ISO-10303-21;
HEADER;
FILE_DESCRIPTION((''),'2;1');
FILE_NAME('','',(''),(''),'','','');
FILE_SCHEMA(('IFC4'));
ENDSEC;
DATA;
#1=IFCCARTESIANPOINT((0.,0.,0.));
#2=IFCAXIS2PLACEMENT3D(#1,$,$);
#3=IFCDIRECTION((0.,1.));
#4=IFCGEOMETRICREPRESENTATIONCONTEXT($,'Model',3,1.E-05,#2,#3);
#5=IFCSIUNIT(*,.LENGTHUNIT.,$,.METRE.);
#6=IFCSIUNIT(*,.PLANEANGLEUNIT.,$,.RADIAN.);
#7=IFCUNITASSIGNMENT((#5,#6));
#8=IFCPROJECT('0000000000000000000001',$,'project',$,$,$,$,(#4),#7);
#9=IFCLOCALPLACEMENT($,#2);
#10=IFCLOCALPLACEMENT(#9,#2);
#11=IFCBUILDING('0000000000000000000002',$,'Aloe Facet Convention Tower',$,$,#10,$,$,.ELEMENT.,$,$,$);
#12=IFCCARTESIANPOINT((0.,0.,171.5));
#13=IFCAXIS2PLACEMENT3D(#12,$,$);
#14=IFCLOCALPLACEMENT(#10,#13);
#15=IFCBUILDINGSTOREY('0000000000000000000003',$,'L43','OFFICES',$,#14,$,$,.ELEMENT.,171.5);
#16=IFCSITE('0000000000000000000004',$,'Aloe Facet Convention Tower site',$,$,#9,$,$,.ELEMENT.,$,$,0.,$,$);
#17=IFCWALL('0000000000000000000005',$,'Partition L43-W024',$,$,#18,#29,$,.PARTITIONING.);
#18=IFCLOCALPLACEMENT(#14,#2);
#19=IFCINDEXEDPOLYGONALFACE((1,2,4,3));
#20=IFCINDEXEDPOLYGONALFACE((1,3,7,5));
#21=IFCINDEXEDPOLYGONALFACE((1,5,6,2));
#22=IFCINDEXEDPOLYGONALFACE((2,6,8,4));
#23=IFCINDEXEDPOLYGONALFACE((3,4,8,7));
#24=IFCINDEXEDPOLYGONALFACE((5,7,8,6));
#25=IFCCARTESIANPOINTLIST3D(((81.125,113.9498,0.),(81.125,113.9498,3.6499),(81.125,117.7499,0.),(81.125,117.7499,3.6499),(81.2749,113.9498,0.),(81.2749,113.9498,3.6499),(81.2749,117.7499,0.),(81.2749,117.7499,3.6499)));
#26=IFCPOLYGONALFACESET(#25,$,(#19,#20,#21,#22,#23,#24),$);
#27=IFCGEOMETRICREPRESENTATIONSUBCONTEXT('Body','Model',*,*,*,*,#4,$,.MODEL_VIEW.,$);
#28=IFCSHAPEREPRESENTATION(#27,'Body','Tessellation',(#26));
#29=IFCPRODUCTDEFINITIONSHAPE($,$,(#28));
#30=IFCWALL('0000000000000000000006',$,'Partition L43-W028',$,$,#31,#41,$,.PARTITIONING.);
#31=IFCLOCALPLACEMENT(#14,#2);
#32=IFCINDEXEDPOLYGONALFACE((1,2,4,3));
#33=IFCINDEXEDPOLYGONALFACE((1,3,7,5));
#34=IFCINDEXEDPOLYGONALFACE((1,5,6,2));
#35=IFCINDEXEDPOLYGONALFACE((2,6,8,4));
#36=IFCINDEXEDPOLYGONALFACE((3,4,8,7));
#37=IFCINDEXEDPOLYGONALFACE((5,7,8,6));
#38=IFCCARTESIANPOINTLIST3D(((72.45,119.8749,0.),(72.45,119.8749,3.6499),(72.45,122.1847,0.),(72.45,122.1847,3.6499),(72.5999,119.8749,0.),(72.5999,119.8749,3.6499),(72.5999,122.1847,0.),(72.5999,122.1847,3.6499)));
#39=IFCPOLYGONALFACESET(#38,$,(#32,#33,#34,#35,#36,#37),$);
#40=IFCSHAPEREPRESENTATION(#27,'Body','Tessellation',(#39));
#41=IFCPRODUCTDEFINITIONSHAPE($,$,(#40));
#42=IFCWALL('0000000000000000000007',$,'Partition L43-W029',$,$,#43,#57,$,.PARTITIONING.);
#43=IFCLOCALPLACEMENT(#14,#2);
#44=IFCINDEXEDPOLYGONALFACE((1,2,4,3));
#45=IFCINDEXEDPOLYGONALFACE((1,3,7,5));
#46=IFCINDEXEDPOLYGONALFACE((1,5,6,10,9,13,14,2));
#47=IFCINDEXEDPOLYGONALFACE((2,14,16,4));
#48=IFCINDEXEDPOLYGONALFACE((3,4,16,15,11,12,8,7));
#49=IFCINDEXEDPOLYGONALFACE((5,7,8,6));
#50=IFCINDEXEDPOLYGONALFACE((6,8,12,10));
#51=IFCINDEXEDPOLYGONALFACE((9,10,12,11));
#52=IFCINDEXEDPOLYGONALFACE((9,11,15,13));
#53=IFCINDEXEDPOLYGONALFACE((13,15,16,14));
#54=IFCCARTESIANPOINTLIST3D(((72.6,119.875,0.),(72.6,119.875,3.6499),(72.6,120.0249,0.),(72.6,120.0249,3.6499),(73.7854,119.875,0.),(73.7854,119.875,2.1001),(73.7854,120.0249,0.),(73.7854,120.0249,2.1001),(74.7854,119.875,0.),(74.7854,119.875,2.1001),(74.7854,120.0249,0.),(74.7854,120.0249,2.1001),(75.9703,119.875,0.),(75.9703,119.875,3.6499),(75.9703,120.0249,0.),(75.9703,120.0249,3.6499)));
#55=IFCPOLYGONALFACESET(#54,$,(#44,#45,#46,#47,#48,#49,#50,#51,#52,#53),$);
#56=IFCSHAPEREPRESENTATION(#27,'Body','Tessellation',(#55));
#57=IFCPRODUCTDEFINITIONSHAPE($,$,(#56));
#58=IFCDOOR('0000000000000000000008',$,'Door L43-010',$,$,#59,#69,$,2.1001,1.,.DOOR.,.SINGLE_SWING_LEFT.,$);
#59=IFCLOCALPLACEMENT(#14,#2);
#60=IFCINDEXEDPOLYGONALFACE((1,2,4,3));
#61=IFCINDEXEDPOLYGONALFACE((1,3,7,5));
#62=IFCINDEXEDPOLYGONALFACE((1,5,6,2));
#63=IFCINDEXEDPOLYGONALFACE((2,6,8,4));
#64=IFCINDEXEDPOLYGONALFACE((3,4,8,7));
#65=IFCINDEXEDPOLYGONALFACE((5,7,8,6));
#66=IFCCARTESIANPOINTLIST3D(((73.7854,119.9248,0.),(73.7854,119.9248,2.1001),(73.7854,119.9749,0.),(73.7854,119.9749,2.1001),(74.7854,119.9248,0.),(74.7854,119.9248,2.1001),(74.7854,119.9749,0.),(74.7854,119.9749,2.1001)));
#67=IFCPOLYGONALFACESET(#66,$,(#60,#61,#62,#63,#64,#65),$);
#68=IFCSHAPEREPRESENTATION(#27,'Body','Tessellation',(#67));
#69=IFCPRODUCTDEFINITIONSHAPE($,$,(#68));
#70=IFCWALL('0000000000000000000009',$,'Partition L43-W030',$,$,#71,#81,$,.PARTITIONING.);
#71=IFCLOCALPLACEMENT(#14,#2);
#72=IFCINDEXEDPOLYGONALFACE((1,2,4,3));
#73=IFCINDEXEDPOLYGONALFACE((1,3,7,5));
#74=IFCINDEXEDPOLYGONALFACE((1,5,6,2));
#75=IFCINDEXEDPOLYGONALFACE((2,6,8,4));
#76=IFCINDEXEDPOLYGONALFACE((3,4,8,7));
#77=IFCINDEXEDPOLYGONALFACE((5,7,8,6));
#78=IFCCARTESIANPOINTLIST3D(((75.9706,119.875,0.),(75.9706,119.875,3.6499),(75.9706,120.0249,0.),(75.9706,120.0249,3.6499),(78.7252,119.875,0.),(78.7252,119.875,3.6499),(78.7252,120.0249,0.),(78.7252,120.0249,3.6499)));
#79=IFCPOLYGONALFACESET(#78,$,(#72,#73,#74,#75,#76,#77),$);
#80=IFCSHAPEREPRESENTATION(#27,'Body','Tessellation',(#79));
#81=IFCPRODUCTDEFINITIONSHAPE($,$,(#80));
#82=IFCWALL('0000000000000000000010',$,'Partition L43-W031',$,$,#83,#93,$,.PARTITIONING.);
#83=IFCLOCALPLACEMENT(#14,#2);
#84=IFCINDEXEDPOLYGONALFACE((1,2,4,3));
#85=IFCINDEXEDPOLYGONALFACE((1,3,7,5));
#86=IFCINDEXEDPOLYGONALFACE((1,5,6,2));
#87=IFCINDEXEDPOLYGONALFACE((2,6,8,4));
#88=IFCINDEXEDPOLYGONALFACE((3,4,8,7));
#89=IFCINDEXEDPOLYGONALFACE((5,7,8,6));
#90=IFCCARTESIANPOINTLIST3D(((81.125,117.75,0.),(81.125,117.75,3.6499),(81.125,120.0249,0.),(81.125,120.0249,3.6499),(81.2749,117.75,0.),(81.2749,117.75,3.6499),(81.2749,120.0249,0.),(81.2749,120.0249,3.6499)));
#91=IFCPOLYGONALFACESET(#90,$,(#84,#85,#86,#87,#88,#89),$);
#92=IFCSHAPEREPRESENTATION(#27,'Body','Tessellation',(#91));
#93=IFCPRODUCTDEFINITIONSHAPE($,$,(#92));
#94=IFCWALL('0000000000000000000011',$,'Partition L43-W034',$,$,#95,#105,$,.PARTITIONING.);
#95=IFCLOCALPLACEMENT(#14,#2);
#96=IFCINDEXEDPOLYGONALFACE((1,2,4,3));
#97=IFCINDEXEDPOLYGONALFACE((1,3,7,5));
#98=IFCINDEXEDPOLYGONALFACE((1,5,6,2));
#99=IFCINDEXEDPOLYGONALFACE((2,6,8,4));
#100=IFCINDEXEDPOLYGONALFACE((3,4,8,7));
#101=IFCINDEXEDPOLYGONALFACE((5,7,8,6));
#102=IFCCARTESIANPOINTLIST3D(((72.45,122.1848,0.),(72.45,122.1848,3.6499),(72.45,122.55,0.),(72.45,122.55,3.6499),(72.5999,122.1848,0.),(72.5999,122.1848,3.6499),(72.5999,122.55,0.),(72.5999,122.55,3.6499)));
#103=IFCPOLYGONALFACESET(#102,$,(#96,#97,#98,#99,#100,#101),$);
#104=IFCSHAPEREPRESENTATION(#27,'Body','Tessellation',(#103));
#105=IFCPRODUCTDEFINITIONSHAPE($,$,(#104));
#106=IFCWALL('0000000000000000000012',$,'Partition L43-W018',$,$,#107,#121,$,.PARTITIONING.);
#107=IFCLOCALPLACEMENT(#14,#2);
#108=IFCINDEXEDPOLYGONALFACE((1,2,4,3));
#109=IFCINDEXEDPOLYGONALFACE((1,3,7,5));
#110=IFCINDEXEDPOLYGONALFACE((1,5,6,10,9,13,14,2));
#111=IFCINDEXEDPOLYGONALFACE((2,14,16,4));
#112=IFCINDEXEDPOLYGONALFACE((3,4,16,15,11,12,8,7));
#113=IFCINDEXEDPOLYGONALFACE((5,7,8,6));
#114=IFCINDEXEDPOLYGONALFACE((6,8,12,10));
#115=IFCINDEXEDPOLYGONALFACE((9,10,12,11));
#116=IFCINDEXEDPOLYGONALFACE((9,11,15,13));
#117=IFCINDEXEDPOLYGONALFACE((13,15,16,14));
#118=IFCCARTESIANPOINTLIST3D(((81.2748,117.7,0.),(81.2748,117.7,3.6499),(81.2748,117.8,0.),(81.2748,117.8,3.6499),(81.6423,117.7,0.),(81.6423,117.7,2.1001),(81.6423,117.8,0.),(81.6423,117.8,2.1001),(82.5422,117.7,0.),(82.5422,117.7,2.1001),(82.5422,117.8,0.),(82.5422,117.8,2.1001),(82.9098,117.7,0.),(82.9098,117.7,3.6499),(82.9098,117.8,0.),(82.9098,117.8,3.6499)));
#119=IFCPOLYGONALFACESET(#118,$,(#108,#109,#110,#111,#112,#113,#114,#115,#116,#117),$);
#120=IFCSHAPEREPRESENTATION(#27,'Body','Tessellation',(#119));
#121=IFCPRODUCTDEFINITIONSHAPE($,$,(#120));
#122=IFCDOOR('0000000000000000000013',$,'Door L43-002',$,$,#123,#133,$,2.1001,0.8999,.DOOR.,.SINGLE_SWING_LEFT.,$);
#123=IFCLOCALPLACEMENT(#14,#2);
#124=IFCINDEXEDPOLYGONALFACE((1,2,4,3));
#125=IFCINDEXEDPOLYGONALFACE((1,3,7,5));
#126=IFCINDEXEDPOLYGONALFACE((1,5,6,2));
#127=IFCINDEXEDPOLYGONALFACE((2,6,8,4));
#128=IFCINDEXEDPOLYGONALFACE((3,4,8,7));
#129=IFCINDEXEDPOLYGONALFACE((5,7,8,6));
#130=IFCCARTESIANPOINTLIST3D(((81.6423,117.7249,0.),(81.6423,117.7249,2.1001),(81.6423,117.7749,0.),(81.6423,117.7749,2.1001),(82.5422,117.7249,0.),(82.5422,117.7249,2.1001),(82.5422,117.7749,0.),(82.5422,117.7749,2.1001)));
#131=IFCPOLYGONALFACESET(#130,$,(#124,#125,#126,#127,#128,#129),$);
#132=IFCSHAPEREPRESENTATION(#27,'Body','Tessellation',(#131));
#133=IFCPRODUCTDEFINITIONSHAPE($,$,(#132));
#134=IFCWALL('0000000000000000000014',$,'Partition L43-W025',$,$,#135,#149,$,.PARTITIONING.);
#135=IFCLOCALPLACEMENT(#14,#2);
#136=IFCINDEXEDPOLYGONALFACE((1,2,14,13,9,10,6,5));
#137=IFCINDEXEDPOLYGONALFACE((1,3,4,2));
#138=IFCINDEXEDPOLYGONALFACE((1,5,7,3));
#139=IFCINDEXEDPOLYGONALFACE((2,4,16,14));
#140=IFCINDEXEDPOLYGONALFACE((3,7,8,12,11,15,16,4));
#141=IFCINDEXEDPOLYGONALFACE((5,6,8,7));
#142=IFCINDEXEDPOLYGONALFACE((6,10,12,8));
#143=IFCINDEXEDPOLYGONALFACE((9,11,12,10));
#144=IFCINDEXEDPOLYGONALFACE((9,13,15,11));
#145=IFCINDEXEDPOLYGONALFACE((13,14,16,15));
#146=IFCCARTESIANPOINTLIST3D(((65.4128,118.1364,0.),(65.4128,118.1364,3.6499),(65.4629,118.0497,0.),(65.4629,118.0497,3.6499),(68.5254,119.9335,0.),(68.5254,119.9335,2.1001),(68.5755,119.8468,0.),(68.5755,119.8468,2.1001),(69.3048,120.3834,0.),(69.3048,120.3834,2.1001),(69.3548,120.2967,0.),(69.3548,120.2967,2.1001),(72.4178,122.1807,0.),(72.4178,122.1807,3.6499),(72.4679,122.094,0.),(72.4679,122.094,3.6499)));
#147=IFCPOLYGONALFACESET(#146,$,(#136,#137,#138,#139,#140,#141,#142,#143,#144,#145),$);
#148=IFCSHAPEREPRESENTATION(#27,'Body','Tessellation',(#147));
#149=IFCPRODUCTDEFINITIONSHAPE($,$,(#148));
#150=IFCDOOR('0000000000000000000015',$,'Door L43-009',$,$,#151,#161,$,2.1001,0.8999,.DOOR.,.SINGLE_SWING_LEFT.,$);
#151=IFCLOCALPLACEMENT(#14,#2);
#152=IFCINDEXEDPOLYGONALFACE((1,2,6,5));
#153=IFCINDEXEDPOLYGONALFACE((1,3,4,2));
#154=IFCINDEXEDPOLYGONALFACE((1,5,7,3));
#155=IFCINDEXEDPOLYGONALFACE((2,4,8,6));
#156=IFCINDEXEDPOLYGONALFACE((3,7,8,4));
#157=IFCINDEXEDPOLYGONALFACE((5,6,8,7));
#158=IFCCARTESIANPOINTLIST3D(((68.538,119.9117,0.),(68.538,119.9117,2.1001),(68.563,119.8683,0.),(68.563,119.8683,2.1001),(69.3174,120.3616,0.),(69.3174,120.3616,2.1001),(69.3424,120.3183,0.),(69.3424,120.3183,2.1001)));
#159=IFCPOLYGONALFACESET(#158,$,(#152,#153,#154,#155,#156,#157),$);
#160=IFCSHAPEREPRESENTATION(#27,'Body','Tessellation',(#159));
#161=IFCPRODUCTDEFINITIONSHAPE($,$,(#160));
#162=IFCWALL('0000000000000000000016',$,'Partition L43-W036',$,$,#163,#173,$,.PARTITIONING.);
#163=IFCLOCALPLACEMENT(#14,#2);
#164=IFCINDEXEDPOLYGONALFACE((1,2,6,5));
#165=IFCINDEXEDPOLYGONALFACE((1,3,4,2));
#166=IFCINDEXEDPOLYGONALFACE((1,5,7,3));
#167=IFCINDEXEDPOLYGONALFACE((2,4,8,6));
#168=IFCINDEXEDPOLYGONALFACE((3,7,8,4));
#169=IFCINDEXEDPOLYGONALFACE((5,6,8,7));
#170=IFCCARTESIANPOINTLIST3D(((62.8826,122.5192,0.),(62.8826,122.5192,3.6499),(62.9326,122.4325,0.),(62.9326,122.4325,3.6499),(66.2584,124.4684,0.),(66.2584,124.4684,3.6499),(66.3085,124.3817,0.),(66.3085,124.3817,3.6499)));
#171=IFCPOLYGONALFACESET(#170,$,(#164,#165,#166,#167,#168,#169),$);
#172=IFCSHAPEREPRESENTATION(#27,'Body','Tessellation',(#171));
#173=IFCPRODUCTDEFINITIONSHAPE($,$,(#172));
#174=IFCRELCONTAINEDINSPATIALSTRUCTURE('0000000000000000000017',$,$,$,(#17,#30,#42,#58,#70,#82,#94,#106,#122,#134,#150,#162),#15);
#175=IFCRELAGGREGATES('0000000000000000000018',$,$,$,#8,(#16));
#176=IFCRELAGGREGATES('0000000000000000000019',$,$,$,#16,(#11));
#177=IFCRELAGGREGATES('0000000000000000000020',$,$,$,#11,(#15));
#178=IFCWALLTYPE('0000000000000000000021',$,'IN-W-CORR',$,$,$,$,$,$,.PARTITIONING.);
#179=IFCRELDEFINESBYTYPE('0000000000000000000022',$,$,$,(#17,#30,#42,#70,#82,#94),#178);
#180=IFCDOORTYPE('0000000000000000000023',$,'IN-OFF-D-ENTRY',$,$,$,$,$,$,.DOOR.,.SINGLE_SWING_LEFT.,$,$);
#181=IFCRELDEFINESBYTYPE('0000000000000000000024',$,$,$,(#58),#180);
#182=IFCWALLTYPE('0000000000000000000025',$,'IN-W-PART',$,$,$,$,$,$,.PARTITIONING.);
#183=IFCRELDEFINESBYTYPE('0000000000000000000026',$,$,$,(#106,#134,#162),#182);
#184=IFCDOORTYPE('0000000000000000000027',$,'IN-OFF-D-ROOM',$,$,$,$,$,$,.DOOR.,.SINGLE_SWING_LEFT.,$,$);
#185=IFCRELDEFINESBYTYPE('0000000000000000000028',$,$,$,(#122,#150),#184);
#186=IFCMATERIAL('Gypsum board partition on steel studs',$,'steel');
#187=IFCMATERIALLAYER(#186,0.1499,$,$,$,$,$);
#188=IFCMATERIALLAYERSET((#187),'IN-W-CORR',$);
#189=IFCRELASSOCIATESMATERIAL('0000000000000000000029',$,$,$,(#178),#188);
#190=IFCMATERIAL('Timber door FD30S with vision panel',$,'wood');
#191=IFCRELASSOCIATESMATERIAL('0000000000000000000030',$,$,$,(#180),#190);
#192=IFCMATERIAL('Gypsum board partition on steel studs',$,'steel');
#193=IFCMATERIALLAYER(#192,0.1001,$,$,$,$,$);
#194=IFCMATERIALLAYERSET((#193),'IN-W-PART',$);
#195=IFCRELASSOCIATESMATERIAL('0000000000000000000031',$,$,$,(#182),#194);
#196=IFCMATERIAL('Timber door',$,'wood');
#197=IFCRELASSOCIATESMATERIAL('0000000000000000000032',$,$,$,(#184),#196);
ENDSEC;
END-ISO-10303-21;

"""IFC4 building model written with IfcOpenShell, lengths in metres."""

from ifc_helpers import new_model, si_unit, direction, frame, frame_2d, origin, place, context, subcontext, project, spatial, rectangle, extrude, material, layer, layer_set, type_object, element, fill, save


model = new_model("IFC4")

# Units and contexts
model_context = context("Model", 3, precision=1e-05, world=origin(), true_north=direction((0.0, 1.0)))
body_context = subcontext(model_context, "Body", "Model", "MODEL_VIEW")
ifc_project = project(units=[si_unit("LENGTHUNIT", "METRE"), si_unit("PLANEANGLEUNIT", "RADIAN")], contexts=[model_context])

# Site, building, storey
site_placement = place(None, origin())
site = spatial("IfcSite", under=ifc_project, at=site_placement, Name="Aloe Facet Convention Tower site", CompositionType="ELEMENT", RefElevation=0.0)
building_placement = place(site_placement, origin())
building = spatial("IfcBuilding", under=site, at=building_placement, Name="Aloe Facet Convention Tower", CompositionType="ELEMENT")
storey_placement = place(building_placement, frame((0.0, 0.0, 171.5)))
storey = spatial("IfcBuildingStorey", under=building, at=storey_placement, Name="L43", Description="OFFICES", CompositionType="ELEMENT", Elevation=171.5)

# Shared definitions
ifc_material_1 = material(Name="Gypsum board partition on steel studs", Category="steel")
ifc_layer_1 = layer(ifc_material_1, 0.1499)
ifc_layer_set_1 = layer_set([ifc_layer_1], Name="IN-W-CORR")
wall_type_1 = type_object("IfcWallType", Name="IN-W-CORR", PredefinedType="PARTITIONING", material=ifc_layer_set_1)
ifc_material_2 = material(Name="Timber door FD30S with vision panel", Category="wood")
door_type_1 = type_object("IfcDoorType", Name="IN-OFF-D-ENTRY", OperationType="SINGLE_SWING_LEFT", PredefinedType="DOOR", material=ifc_material_2)

# Walls
wall_1_placement = place(storey_placement, frame((81.2, 113.95, 0.0), z_axis=(0.0, 0.0, 1.0), x_axis=(0.0, 1.0, 0.0)))
element("IfcWall", 1, at=wall_1_placement, inside=storey, type_object=wall_type_1, Name="Partition L43-W024", PredefinedType="PARTITIONING", context=body_context, shape_type="SweptSolid", body=[
    extrude(rectangle(XDim=3.8, YDim=0.1499, at=frame_2d((1.8999, 0.0))), origin(), (0.0, 0.0, 1.0), 3.6499),
])
wall_2_placement = place(storey_placement, frame((72.5249, 119.875, 0.0), z_axis=(0.0, 0.0, 1.0), x_axis=(0.0, 1.0, 0.0)))
element("IfcWall", 2, at=wall_2_placement, inside=storey, type_object=wall_type_1, Name="Partition L43-W028", PredefinedType="PARTITIONING", context=body_context, shape_type="SweptSolid", body=[
    extrude(rectangle(XDim=2.3098, YDim=0.1499, at=frame_2d((1.1548, 0.0))), origin(), (0.0, 0.0, 1.0), 3.6499),
])

# Wall, opening, door
wall_3_placement = place(storey_placement, frame((72.6001, 119.95, 0.0), z_axis=(0.0, 0.0, 1.0), x_axis=(1.0, 0.0, 0.0)))
wall_3 = element("IfcWall", 3, at=wall_3_placement, inside=storey, type_object=wall_type_1, Name="Partition L43-W029", PredefinedType="PARTITIONING", context=body_context, shape_type="SweptSolid", body=[
    extrude(rectangle(XDim=3.3704, YDim=0.1499, at=frame_2d((1.6851, 0.0))), origin(), (0.0, 0.0, 1.0), 3.6499),
])
opening_1_placement = place(wall_3_placement, frame((1.1853, 0.0, 0.0)))
opening_1 = element("IfcOpeningElement", 4, at=opening_1_placement, cuts=wall_3, PredefinedType="OPENING", context=body_context, shape_type="SweptSolid", body=[
    extrude(rectangle(XDim=1.0, YDim=2.1001, at=frame_2d((0.5, 1.05))), frame((0.0, 0.085, 0.0), z_axis=(0.0, -1.0, 0.0), x_axis=(1.0, 0.0, 0.0)), (0.0, 0.0, 1.0), 0.1699),
])
door_1_placement = place(opening_1_placement, origin())
door_1 = element("IfcDoor", 5, at=door_1_placement, inside=storey, type_object=door_type_1, Name="Door L43-010", OperationType="SINGLE_SWING_LEFT", OverallHeight=2.1001, OverallWidth=1.0, PredefinedType="DOOR", context=body_context, shape_type="SweptSolid", body=[
    extrude(rectangle(XDim=1.0, YDim=2.1001, at=frame_2d((0.5, 1.05))), frame((0.0, 0.0249, 0.0), z_axis=(0.0, -1.0, 0.0), x_axis=(1.0, 0.0, 0.0)), (0.0, 0.0, 1.0), 0.05),
])
fill(opening_1, door_1)

# Walls
wall_4_placement = place(storey_placement, frame((75.9705, 119.95, 0.0), z_axis=(0.0, 0.0, 1.0), x_axis=(1.0, 0.0, 0.0)))
element("IfcWall", 6, at=wall_4_placement, inside=storey, type_object=wall_type_1, Name="Partition L43-W030", PredefinedType="PARTITIONING", context=body_context, shape_type="SweptSolid", body=[
    extrude(rectangle(XDim=2.7546, YDim=0.1499, at=frame_2d((1.3774, 0.0))), origin(), (0.0, 0.0, 1.0), 3.6499),
])
wall_5_placement = place(storey_placement, frame((81.2, 117.75, 0.0), z_axis=(0.0, 0.0, 1.0), x_axis=(0.0, 1.0, 0.0)))
element("IfcWall", 7, at=wall_5_placement, inside=storey, type_object=wall_type_1, Name="Partition L43-W031", PredefinedType="PARTITIONING", context=body_context, shape_type="SweptSolid", body=[
    extrude(rectangle(XDim=2.2749, YDim=0.1499, at=frame_2d((1.1375, 0.0))), origin(), (0.0, 0.0, 1.0), 3.6499),
])
wall_6_placement = place(storey_placement, frame((72.5249, 122.1848, 0.0), z_axis=(0.0, 0.0, 1.0), x_axis=(0.0, 1.0, 0.0)))
element("IfcWall", 8, at=wall_6_placement, inside=storey, type_object=wall_type_1, Name="Partition L43-W034", PredefinedType="PARTITIONING", context=body_context, shape_type="SweptSolid", body=[
    extrude(rectangle(XDim=0.3652, YDim=0.1499, at=frame_2d((0.1826, 0.0))), origin(), (0.0, 0.0, 1.0), 3.6499),
])

# Walls, openings, doors
ifc_material_3 = material(Name="Gypsum board partition on steel studs", Category="steel")
ifc_layer_2 = layer(ifc_material_3, 0.1001)
ifc_layer_set_2 = layer_set([ifc_layer_2], Name="IN-W-PART")
wall_type_2 = type_object("IfcWallType", Name="IN-W-PART", PredefinedType="PARTITIONING", material=ifc_layer_set_2)
wall_7_placement = place(storey_placement, frame((81.2749, 117.75, 0.0), z_axis=(0.0, 0.0, 1.0), x_axis=(1.0, 0.0, 0.0)))
wall_7 = element("IfcWall", 9, at=wall_7_placement, inside=storey, type_object=wall_type_2, Name="Partition L43-W018", PredefinedType="PARTITIONING", context=body_context, shape_type="SweptSolid", body=[
    extrude(rectangle(XDim=1.635, YDim=0.1001, at=frame_2d((0.8174, 0.0))), origin(), (0.0, 0.0, 1.0), 3.6499),
])
opening_2_placement = place(wall_7_placement, frame((0.3674, 0.0, 0.0)))
opening_2 = element("IfcOpeningElement", 10, at=opening_2_placement, cuts=wall_7, PredefinedType="OPENING", context=body_context, shape_type="SweptSolid", body=[
    extrude(rectangle(XDim=0.8999, YDim=2.1001, at=frame_2d((0.45, 1.05))), frame((0.0, 0.0601, 0.0), z_axis=(0.0, -1.0, 0.0), x_axis=(1.0, 0.0, 0.0)), (0.0, 0.0, 1.0), 0.1201),
])
ifc_material_4 = material(Name="Timber door", Category="wood")
door_type_2 = type_object("IfcDoorType", Name="IN-OFF-D-ROOM", OperationType="SINGLE_SWING_LEFT", PredefinedType="DOOR", material=ifc_material_4)
door_2_placement = place(opening_2_placement, origin())
door_2 = element("IfcDoor", 11, at=door_2_placement, inside=storey, type_object=door_type_2, Name="Door L43-002", OperationType="SINGLE_SWING_LEFT", OverallHeight=2.1001, OverallWidth=0.8999, PredefinedType="DOOR", context=body_context, shape_type="SweptSolid", body=[
    extrude(rectangle(XDim=0.8999, YDim=2.1001, at=frame_2d((0.45, 1.05))), frame((0.0, 0.0249, 0.0), z_axis=(0.0, -1.0, 0.0), x_axis=(1.0, 0.0, 0.0)), (0.0, 0.0, 1.0), 0.05),
])
fill(opening_2, door_2)
wall_8_placement = place(storey_placement, frame((65.4377, 118.093, 0.0), z_axis=(0.0, 0.0, 1.0), x_axis=(0.86603, 0.499992, 0.0)))
wall_8 = element("IfcWall", 12, at=wall_8_placement, inside=storey, type_object=wall_type_2, Name="Partition L43-W025", PredefinedType="PARTITIONING", context=body_context, shape_type="SweptSolid", body=[
    extrude(rectangle(XDim=8.0886, YDim=0.1001, at=frame_2d((4.0444, 0.0))), origin(), (0.0, 0.0, 1.0), 3.6499),
])
opening_3_placement = place(wall_8_placement, frame((3.5942, 0.0, 0.0)))
opening_3 = element("IfcOpeningElement", 13, at=opening_3_placement, cuts=wall_8, PredefinedType="OPENING", context=body_context, shape_type="SweptSolid", body=[
    extrude(rectangle(XDim=0.8999, YDim=2.1001, at=frame_2d((0.45, 1.05))), frame((0.0, 0.0601, 0.0), z_axis=(0.0, -1.0, 0.0), x_axis=(1.0, 0.0, 0.0)), (0.0, 0.0, 1.0), 0.1201),
])
door_3_placement = place(opening_3_placement, origin())
door_3 = element("IfcDoor", 14, at=door_3_placement, inside=storey, type_object=door_type_2, Name="Door L43-009", OperationType="SINGLE_SWING_LEFT", OverallHeight=2.1001, OverallWidth=0.8999, PredefinedType="DOOR", context=body_context, shape_type="SweptSolid", body=[
    extrude(rectangle(XDim=0.8999, YDim=2.1001, at=frame_2d((0.45, 1.05))), frame((0.0, 0.0249, 0.0), z_axis=(0.0, -1.0, 0.0), x_axis=(1.0, 0.0, 0.0)), (0.0, 0.0, 1.0), 0.05),
])
fill(opening_3, door_3)

# Wall
wall_9_placement = place(storey_placement, frame((62.9075, 122.4758, 0.0), z_axis=(0.0, 0.0, 1.0), x_axis=(0.866015, 0.500019, 0.0)))
element("IfcWall", 15, at=wall_9_placement, inside=storey, type_object=wall_type_2, Name="Partition L43-W036", PredefinedType="PARTITIONING", context=body_context, shape_type="SweptSolid", body=[
    extrude(rectangle(XDim=3.8982, YDim=0.1001, at=frame_2d((1.9492, 0.0))), origin(), (0.0, 0.0, 1.0), 3.6499),
])

save(model, "model.ifc")
